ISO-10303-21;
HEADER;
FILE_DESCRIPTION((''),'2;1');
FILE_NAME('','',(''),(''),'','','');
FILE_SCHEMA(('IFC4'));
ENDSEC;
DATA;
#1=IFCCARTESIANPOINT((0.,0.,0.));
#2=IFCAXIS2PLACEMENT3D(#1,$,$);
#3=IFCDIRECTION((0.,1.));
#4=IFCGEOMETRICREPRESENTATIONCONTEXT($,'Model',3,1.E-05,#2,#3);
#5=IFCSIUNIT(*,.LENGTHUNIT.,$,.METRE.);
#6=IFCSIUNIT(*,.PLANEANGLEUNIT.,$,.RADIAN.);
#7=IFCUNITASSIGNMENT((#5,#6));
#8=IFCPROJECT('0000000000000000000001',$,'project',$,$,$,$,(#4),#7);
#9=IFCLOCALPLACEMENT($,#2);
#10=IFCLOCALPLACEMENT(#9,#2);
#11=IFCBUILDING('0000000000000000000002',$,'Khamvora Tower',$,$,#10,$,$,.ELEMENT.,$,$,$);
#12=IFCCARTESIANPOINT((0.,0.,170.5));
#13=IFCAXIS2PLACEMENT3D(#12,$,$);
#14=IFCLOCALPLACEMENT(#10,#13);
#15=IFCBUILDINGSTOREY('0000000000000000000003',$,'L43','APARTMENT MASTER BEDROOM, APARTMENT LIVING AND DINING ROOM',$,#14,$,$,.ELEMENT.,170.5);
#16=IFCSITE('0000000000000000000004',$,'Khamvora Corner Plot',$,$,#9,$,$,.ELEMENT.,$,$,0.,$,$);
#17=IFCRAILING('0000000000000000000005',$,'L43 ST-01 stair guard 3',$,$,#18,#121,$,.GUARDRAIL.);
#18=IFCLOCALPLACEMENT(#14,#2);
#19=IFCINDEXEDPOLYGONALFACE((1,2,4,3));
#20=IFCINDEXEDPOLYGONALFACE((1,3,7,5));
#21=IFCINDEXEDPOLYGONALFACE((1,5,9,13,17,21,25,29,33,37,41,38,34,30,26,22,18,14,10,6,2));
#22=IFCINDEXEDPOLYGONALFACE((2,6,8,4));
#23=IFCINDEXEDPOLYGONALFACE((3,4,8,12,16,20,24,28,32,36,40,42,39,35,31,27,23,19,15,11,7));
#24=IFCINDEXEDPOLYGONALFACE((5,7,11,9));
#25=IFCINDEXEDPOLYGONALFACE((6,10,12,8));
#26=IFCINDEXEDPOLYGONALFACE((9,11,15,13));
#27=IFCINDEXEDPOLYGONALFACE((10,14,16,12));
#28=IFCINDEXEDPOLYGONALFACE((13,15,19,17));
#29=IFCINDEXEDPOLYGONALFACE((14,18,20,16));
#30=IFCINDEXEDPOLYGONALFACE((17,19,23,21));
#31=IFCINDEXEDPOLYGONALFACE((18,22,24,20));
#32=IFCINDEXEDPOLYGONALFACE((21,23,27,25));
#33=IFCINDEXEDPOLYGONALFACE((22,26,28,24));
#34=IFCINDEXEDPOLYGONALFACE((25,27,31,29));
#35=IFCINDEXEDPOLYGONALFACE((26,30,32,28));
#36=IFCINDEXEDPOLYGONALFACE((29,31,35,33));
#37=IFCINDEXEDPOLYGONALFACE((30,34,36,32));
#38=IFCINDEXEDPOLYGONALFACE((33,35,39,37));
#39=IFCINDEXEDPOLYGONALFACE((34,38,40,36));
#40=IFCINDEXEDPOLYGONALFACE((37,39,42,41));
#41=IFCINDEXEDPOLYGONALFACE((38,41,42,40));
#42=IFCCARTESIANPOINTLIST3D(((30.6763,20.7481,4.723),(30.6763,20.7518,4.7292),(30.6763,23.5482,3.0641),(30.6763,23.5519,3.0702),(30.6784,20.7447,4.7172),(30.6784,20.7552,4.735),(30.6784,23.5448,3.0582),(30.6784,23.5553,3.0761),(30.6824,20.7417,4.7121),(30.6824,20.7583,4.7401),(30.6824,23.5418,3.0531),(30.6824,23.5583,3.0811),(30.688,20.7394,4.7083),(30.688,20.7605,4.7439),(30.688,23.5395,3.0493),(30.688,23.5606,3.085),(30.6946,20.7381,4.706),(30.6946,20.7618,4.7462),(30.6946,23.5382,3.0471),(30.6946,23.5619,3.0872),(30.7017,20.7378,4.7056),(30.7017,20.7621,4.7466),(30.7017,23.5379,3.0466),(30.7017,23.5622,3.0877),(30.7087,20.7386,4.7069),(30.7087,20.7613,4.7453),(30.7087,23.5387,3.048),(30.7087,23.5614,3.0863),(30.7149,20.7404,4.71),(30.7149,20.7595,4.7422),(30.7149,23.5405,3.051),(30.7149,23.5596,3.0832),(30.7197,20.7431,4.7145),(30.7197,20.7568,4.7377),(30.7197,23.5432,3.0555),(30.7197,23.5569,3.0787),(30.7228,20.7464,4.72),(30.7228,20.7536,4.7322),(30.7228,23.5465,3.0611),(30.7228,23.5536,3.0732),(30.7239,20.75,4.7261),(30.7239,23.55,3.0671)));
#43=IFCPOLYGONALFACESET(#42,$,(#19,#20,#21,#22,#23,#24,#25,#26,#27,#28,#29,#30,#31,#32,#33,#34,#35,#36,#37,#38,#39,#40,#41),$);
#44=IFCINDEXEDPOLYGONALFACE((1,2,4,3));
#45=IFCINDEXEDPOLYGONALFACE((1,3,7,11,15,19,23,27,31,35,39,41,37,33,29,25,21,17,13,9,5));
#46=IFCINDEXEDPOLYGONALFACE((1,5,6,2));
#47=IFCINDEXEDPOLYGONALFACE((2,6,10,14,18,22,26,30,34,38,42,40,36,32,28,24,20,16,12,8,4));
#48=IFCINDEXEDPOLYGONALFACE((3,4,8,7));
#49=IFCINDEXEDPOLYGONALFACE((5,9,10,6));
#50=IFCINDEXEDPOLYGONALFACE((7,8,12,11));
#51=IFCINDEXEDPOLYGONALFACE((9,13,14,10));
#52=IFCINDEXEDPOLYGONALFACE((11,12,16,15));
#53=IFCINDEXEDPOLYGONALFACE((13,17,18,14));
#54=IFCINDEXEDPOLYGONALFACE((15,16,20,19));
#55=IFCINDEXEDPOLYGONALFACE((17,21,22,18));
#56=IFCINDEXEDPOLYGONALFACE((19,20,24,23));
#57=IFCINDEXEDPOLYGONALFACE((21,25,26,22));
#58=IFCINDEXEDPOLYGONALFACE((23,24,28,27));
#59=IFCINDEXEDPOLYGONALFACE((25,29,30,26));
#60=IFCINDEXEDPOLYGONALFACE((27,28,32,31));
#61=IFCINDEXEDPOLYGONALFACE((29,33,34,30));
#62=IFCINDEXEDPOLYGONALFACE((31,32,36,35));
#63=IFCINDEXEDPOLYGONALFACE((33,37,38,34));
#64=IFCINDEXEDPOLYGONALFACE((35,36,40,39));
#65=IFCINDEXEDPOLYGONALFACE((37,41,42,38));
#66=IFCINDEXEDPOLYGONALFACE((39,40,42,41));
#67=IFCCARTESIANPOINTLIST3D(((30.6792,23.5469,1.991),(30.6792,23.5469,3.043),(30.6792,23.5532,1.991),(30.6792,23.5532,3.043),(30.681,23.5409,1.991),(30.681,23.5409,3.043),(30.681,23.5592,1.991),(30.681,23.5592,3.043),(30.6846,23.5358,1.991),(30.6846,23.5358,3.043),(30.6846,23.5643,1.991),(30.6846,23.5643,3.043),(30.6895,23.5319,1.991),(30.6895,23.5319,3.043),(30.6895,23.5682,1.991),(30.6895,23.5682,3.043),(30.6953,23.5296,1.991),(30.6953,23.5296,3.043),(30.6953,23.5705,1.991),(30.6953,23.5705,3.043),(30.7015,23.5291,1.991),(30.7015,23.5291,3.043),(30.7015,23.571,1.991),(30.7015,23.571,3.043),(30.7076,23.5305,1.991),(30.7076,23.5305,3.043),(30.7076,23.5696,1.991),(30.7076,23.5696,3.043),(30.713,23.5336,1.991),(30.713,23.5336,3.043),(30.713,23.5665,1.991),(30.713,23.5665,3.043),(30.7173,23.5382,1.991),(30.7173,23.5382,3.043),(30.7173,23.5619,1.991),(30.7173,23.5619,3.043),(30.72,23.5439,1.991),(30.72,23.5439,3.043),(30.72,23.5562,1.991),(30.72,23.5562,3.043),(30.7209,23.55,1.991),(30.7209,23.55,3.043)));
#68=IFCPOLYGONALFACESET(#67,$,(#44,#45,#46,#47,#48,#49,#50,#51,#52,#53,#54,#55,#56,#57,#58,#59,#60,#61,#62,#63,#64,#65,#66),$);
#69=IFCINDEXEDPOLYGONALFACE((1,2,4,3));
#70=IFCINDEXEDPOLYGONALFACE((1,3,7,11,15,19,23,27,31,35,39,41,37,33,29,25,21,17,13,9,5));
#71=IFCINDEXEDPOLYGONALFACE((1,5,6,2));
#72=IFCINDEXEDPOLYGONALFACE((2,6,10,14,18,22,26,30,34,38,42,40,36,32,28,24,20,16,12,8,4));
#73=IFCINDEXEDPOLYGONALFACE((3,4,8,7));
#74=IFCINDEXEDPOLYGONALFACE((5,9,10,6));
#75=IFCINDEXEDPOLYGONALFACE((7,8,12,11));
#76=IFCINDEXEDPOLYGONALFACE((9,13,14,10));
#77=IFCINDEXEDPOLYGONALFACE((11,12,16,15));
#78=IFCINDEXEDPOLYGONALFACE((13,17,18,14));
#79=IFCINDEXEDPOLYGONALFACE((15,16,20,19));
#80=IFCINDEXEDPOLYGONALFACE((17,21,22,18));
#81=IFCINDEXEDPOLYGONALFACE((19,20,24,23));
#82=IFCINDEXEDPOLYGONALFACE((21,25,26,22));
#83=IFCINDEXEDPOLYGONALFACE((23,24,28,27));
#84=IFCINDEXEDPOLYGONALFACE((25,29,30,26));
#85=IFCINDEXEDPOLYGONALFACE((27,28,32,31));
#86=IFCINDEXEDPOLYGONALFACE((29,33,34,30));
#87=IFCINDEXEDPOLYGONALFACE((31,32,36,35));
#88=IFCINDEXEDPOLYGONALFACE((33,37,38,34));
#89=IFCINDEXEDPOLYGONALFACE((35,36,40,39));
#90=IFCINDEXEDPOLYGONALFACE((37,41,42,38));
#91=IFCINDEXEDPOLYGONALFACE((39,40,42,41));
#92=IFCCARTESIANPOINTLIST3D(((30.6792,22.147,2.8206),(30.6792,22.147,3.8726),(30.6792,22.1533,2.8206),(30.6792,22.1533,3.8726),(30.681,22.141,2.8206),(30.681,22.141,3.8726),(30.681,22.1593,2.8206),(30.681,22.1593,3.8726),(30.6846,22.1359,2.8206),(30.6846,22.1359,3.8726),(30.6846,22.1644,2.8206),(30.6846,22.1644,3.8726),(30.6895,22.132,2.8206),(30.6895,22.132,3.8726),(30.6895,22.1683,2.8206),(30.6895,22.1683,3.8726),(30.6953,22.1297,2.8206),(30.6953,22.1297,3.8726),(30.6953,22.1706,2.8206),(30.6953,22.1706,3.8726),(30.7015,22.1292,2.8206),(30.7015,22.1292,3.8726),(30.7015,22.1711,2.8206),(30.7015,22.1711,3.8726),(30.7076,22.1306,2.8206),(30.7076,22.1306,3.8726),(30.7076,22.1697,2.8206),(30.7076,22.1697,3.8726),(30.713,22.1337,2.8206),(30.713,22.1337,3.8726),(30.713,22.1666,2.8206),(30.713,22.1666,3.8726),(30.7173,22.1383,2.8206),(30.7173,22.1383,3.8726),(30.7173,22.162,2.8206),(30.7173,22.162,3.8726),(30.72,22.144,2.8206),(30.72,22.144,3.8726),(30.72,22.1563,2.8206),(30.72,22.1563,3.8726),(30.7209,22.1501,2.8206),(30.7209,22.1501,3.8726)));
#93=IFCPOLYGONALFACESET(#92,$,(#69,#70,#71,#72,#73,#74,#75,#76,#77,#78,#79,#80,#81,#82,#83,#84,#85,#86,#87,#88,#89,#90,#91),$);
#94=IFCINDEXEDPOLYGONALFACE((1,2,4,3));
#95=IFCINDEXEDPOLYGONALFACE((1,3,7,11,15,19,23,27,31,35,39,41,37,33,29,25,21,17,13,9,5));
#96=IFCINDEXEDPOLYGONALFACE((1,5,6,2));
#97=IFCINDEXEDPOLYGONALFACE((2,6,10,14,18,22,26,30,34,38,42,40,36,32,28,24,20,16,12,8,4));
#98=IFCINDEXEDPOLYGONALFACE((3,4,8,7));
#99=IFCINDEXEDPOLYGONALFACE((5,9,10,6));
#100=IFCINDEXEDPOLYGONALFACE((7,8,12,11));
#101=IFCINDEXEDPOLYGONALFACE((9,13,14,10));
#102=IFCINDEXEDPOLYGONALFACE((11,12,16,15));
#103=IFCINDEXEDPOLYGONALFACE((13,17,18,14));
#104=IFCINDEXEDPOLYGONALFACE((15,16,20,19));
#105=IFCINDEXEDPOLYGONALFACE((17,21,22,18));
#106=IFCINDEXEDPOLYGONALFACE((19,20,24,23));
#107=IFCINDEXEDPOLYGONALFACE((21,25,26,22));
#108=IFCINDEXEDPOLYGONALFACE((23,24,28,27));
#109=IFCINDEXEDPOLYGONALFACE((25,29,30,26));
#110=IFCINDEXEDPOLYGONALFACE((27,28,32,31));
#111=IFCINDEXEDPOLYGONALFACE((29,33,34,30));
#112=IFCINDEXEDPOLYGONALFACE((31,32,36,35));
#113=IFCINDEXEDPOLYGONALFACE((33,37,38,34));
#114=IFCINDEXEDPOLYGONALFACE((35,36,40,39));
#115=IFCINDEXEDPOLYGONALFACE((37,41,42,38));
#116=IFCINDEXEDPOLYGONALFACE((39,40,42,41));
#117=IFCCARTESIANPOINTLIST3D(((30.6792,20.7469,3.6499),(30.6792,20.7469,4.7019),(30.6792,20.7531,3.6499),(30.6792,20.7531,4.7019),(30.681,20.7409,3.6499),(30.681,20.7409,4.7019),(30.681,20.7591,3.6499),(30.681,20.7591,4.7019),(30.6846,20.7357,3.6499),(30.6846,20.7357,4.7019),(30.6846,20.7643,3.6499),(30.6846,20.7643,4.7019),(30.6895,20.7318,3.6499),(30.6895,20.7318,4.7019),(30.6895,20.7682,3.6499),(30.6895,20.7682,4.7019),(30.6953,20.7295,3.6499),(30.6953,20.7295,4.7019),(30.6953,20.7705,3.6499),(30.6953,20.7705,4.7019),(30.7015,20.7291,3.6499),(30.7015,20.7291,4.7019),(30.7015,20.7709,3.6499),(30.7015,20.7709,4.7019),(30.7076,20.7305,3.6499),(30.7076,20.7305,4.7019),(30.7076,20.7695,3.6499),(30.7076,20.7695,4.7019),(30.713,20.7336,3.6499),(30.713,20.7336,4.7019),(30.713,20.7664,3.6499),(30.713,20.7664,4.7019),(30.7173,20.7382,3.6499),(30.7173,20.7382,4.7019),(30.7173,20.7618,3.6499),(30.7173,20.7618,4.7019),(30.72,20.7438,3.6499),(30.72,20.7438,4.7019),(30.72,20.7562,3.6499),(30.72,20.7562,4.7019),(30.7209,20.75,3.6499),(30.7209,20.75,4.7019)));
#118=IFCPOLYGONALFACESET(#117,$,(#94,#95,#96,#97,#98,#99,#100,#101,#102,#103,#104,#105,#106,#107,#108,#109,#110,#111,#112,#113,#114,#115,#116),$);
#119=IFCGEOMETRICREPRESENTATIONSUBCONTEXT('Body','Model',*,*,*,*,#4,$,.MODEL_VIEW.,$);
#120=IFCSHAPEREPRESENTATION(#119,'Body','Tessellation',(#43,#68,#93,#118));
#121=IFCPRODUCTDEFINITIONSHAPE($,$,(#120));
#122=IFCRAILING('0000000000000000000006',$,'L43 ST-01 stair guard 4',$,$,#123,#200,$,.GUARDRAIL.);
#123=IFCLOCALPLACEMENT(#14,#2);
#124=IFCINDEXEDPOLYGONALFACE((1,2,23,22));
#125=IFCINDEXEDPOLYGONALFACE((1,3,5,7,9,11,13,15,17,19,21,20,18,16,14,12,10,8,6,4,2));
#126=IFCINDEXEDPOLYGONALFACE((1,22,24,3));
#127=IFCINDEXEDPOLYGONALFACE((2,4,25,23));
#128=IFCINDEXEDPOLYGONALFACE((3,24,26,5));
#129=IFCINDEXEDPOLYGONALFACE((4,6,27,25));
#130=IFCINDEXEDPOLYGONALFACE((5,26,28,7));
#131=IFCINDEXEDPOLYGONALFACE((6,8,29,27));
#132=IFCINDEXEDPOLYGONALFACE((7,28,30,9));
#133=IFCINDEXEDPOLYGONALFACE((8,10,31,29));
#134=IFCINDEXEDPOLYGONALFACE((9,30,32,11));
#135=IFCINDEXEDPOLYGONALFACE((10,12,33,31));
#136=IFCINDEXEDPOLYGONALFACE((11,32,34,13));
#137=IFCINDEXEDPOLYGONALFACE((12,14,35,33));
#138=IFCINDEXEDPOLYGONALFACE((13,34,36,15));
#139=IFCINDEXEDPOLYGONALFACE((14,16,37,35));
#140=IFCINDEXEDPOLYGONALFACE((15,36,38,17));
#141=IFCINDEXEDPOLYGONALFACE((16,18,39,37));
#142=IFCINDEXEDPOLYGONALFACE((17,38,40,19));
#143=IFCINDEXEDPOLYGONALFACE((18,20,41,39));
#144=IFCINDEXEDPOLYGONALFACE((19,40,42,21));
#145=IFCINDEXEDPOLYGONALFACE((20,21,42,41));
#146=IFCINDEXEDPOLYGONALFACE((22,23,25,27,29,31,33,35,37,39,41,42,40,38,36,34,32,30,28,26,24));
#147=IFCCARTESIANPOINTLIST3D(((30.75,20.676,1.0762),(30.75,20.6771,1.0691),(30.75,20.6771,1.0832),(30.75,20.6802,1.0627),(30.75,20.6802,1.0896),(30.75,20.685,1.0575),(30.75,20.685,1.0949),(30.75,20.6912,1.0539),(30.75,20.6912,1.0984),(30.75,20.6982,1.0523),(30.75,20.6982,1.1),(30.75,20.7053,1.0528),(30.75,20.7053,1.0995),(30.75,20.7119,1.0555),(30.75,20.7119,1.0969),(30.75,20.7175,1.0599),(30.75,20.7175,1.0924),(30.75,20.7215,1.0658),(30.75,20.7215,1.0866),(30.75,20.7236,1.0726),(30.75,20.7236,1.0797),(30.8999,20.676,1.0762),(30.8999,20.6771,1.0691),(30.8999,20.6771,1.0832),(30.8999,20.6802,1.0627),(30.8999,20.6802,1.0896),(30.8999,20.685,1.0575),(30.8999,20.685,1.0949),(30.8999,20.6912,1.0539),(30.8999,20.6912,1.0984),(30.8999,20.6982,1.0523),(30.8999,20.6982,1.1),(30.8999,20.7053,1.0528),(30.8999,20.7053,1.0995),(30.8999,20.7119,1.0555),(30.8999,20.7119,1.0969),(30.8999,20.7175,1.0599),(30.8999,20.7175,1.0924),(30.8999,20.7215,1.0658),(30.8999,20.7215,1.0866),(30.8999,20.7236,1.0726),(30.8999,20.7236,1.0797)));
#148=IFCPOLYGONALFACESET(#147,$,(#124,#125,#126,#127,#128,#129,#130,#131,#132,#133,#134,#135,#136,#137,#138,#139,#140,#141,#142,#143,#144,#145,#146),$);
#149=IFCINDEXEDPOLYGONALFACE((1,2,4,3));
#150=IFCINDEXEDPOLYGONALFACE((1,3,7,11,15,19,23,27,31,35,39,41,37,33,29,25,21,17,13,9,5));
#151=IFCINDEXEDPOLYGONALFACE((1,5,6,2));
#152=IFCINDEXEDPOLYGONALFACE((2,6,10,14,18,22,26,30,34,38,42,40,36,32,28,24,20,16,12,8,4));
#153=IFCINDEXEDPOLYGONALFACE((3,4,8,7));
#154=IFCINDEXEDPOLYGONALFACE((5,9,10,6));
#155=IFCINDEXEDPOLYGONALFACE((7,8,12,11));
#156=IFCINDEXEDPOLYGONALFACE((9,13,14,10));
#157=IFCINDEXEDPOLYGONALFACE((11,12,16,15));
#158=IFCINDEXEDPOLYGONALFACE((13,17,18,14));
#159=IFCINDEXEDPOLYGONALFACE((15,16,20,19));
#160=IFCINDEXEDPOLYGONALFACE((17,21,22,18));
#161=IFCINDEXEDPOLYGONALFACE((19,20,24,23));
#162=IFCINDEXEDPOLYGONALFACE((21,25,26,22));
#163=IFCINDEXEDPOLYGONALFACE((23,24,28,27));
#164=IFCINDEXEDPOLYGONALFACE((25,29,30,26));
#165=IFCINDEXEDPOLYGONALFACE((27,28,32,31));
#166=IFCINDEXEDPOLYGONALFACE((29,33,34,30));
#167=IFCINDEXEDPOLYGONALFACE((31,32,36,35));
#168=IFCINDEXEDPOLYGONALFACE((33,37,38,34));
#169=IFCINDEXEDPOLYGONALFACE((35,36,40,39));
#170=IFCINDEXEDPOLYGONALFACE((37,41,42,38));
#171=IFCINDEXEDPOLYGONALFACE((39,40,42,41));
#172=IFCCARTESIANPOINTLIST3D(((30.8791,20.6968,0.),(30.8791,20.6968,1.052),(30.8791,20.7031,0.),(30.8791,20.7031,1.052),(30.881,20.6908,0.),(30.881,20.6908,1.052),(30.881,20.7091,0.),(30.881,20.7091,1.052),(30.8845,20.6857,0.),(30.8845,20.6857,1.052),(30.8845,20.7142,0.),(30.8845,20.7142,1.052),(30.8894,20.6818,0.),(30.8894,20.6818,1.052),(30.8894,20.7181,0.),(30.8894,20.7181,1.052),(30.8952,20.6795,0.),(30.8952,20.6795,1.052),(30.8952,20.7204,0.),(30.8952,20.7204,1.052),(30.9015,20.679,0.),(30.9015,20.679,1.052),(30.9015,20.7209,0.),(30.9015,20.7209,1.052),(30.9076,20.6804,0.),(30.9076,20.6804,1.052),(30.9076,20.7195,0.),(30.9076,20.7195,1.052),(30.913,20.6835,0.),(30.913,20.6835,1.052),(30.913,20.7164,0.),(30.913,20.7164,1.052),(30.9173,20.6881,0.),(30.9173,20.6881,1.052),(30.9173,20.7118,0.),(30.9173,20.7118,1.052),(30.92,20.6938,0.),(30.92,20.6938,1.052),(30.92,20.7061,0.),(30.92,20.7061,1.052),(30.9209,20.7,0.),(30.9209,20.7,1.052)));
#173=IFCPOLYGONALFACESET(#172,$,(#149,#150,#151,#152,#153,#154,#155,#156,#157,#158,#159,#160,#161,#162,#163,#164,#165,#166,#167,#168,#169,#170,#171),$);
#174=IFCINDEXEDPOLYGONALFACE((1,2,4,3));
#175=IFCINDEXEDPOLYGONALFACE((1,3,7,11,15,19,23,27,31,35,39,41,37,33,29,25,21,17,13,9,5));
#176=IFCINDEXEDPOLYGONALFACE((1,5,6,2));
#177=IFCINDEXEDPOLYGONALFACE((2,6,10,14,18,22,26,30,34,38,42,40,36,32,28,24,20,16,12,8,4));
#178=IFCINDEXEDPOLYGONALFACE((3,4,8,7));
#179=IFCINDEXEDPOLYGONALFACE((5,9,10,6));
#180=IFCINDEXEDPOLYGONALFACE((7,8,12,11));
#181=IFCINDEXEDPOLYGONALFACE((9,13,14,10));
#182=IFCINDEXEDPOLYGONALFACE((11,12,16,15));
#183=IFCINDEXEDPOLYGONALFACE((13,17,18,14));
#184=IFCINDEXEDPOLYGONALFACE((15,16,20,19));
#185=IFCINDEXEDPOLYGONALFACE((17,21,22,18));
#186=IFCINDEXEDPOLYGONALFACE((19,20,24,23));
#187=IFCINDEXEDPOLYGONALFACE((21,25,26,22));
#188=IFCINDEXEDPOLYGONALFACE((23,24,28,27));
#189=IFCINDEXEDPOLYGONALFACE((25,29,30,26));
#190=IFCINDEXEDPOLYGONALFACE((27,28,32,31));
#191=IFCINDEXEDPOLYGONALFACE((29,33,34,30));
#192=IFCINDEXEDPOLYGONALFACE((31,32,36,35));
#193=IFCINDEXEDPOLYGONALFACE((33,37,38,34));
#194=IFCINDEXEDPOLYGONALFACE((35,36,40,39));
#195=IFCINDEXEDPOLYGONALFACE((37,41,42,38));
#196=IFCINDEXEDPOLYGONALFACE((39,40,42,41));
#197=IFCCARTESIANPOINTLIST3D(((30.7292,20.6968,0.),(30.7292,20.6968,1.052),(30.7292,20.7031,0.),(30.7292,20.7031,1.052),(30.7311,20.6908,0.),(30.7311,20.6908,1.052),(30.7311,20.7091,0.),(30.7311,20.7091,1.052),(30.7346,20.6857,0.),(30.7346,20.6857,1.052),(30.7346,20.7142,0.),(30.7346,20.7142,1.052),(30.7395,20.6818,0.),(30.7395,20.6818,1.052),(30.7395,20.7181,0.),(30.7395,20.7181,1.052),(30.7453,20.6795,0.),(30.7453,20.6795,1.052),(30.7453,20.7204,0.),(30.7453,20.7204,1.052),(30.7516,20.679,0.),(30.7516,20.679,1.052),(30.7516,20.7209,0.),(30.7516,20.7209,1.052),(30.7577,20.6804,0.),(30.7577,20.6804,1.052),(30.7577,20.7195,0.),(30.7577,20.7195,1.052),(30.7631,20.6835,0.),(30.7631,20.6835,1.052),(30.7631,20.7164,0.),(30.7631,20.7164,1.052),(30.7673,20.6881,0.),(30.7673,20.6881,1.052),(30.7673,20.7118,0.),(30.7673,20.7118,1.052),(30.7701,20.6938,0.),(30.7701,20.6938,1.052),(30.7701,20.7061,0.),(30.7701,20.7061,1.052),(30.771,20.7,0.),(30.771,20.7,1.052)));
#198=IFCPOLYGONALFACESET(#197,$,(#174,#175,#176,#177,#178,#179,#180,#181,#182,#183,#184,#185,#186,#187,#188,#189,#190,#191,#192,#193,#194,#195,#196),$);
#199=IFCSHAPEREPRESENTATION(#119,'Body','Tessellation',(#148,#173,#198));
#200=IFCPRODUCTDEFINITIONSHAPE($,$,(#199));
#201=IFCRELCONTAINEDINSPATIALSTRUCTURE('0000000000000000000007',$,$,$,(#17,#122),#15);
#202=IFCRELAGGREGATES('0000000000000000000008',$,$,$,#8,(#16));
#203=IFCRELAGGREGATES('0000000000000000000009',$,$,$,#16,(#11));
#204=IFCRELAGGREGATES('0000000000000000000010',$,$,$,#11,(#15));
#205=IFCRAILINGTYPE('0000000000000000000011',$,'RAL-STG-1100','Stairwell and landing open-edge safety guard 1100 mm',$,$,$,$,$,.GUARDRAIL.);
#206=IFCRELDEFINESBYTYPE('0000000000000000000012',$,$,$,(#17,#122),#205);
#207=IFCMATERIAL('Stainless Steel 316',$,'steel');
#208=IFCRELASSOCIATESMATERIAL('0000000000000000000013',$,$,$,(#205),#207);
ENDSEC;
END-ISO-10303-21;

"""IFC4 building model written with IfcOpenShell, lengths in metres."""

from ifc_helpers import new_model, si_unit, direction, frame, origin, origin_2d, place, context, subcontext, project, spatial, circle, extrude, material, type_object, element, save


model = new_model("IFC4")

# Units and contexts
model_context = context("Model", 3, precision=1e-05, world=origin(), true_north=direction((0.0, 1.0)))
body_context = subcontext(model_context, "Body", "Model", "MODEL_VIEW")
ifc_project = project(units=[si_unit("LENGTHUNIT", "METRE"), si_unit("PLANEANGLEUNIT", "RADIAN")], contexts=[model_context])

# Site, building, storey
site_placement = place(None, origin())
site = spatial("IfcSite", under=ifc_project, at=site_placement, Name="Khamvora Corner Plot", CompositionType="ELEMENT", RefElevation=0.0)
building_placement = place(site_placement, origin())
building = spatial("IfcBuilding", under=site, at=building_placement, Name="Khamvora Tower", CompositionType="ELEMENT")
storey_placement = place(building_placement, frame((0.0, 0.0, 170.5)))
storey = spatial("IfcBuildingStorey", under=building, at=storey_placement, Name="L43", Description="APARTMENT MASTER BEDROOM, APARTMENT LIVING AND DINING ROOM", CompositionType="ELEMENT", Elevation=170.5)

# Railings
ifc_material_1 = material(Name="Stainless Steel 316", Category="steel")
railing_type_1 = type_object("IfcRailingType", Name="RAL-STG-1100", Description="Stairwell and landing open-edge safety guard 1100 mm", PredefinedType="GUARDRAIL", material=ifc_material_1)
railing_1_placement = place(storey_placement, frame((30.7, 23.55, 1.991)))
element("IfcRailing", 1, at=railing_1_placement, inside=storey, type_object=railing_type_1, Name="L43 ST-01 stair guard 3", PredefinedType="GUARDRAIL", context=body_context, shape_type="SweptSolid", body=[
    extrude(circle(Radius=0.0239, at=origin_2d()), frame((0.0, 0.0, 1.0762), z_axis=(0.0, -0.860339, 0.509722), x_axis=(1.0, 0.0, 0.0)), (0.0, 0.0, 1.0), 3.2546),
    extrude(circle(Radius=0.021, at=origin_2d()), origin(), (0.0, 0.0, 1.0), 1.052),
    extrude(circle(Radius=0.021, at=origin_2d()), frame((0.0, -1.3999, 0.8296)), (0.0, 0.0, 1.0), 1.052),
    extrude(circle(Radius=0.021, at=origin_2d()), frame((0.0, -2.8, 1.6589)), (0.0, 0.0, 1.0), 1.052),
])
railing_2_placement = place(storey_placement, frame((30.8999, 20.7, 0.0)))
element("IfcRailing", 2, at=railing_2_placement, inside=storey, type_object=railing_type_1, Name="L43 ST-01 stair guard 4", PredefinedType="GUARDRAIL", context=body_context, shape_type="SweptSolid", body=[
    extrude(circle(Radius=0.0239, at=origin_2d()), frame((0.0, 0.0, 1.0762), z_axis=(-1.0, 0.0, 0.0), x_axis=(0.0, -1.0, 0.0)), (0.0, 0.0, 1.0), 0.1499),
    extrude(circle(Radius=0.021, at=origin_2d()), origin(), (0.0, 0.0, 1.0), 1.052),
    extrude(circle(Radius=0.021, at=origin_2d()), frame((-0.1499, 0.0, 0.0)), (0.0, 0.0, 1.0), 1.052),
])

save(model, "model.ifc")
